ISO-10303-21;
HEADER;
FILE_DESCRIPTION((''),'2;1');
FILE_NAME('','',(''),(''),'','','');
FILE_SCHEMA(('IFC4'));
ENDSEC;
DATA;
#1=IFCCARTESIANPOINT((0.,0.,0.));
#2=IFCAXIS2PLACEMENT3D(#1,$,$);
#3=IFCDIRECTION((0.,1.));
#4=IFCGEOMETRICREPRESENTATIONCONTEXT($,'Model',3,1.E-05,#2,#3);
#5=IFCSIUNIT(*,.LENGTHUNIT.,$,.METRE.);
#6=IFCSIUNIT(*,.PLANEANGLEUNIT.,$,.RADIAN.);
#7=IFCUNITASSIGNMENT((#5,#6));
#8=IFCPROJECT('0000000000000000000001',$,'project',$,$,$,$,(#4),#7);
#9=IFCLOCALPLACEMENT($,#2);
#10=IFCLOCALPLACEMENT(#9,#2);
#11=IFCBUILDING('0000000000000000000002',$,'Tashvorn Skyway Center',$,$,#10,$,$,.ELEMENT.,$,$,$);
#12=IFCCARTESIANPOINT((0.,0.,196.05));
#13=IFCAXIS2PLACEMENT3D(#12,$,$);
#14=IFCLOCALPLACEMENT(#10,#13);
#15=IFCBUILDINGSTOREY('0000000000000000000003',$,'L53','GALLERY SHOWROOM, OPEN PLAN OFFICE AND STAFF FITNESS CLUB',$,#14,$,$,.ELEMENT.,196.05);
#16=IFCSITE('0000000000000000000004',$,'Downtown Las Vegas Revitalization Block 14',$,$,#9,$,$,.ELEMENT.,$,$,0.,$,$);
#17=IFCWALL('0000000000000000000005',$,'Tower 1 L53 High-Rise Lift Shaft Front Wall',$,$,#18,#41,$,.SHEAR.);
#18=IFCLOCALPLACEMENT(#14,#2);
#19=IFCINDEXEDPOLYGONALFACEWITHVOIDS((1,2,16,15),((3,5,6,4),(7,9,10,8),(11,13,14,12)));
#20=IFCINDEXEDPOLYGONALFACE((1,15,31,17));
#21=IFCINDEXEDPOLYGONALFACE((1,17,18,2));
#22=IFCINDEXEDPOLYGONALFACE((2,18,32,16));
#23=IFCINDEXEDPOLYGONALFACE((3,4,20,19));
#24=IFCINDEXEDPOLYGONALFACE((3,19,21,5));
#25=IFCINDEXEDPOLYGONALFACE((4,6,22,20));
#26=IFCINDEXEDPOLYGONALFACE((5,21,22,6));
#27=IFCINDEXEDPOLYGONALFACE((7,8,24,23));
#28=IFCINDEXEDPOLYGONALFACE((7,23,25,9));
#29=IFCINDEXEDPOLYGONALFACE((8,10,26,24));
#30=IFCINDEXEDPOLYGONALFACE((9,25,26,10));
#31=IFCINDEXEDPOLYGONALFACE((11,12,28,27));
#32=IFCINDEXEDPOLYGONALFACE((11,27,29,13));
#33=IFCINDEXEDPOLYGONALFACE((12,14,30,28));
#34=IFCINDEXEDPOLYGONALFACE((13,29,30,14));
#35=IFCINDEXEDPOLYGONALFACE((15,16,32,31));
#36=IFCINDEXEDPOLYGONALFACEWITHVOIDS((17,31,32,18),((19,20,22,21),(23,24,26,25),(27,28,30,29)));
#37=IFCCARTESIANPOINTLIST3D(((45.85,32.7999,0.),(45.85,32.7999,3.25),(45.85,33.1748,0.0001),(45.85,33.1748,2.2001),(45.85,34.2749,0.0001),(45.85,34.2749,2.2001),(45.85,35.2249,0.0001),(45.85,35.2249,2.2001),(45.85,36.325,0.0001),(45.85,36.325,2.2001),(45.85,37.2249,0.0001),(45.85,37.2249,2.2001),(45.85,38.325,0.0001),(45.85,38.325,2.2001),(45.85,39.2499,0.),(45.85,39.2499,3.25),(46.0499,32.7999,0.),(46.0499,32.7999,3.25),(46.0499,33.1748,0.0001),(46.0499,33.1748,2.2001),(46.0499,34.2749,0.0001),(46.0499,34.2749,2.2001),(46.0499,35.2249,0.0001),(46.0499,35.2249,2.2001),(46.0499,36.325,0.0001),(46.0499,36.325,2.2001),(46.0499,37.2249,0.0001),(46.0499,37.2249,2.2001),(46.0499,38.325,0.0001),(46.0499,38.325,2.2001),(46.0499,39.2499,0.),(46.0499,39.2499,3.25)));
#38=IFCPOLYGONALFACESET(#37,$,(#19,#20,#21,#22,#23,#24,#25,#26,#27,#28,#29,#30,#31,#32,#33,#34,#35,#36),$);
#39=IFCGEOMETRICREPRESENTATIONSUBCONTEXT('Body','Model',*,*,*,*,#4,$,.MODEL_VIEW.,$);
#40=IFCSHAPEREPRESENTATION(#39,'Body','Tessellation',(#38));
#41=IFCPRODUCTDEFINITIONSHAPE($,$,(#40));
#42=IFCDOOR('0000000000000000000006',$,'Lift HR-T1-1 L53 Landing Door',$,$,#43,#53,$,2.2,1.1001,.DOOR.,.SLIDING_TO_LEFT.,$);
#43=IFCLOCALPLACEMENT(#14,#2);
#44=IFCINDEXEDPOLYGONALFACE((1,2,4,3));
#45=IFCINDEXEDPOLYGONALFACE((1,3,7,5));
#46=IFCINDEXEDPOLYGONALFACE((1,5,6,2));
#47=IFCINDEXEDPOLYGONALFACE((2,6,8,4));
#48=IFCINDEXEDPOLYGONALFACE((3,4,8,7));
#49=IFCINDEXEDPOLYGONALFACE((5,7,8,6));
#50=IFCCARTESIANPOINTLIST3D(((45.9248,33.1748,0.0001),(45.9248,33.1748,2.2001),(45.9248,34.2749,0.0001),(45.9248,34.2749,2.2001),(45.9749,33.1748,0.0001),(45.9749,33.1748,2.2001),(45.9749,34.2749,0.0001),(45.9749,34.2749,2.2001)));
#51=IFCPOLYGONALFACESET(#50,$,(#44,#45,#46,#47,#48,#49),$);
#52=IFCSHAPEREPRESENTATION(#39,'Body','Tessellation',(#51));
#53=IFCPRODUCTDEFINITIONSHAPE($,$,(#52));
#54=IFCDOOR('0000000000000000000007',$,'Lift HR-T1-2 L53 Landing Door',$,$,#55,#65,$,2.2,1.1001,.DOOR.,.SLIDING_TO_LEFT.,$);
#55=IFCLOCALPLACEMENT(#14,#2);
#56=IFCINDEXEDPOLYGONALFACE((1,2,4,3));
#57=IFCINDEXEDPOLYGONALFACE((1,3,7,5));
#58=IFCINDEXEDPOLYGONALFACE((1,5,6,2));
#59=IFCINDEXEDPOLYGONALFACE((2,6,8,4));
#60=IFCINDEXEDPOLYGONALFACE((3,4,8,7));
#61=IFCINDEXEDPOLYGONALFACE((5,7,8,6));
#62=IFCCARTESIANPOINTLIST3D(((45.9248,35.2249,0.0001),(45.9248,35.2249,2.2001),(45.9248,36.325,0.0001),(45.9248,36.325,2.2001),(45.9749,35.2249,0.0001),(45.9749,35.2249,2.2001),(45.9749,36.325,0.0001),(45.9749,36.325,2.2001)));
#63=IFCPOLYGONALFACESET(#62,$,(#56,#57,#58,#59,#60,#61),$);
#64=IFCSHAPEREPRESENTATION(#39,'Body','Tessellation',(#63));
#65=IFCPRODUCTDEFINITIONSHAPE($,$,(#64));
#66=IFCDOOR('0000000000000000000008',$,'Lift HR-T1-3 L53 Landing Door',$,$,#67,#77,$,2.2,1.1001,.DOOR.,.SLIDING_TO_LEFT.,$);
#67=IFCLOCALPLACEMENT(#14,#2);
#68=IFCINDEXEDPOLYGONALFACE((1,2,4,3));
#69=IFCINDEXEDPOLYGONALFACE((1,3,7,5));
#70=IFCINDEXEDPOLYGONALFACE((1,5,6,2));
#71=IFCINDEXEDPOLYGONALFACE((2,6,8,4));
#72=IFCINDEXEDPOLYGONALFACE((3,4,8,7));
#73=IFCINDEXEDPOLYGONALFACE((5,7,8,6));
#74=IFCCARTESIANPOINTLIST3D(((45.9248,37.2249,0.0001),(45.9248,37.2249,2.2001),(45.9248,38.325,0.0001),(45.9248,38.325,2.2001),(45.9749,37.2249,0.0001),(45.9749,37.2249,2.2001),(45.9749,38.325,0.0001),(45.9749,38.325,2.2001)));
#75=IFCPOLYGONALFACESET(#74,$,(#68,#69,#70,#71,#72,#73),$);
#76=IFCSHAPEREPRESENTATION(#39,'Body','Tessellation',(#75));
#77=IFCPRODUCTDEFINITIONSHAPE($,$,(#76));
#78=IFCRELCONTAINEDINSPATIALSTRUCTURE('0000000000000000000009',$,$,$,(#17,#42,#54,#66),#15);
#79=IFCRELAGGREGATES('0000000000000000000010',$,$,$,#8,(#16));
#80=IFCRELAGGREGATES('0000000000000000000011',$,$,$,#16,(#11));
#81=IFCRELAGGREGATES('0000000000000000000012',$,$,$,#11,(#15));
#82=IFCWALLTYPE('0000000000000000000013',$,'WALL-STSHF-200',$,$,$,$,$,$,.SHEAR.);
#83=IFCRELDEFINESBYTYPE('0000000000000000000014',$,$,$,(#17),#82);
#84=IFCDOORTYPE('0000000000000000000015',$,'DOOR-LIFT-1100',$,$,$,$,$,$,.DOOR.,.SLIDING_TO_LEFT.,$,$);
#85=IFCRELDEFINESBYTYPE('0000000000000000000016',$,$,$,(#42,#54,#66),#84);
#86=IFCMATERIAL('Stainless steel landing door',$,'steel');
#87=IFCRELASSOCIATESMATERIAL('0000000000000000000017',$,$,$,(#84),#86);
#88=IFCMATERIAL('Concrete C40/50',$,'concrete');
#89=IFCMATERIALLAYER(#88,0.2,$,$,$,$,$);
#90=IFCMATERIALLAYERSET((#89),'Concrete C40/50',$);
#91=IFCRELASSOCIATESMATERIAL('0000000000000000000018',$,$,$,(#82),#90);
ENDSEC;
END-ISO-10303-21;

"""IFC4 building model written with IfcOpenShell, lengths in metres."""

from ifc_helpers import new_model, si_unit, direction, frame, frame_2d, origin, place, context, subcontext, project, spatial, rectangle, extrude, material, layer, layer_set, type_object, element, fill, save


model = new_model("IFC4")

# Units and contexts
model_context = context("Model", 3, precision=1e-05, world=origin(), true_north=direction((0.0, 1.0)))
body_context = subcontext(model_context, "Body", "Model", "MODEL_VIEW")
ifc_project = project(units=[si_unit("LENGTHUNIT", "METRE"), si_unit("PLANEANGLEUNIT", "RADIAN")], contexts=[model_context])

# Site, building, storey
site_placement = place(None, origin())
site = spatial("IfcSite", under=ifc_project, at=site_placement, Name="Downtown Las Vegas Revitalization Block 14", CompositionType="ELEMENT", RefElevation=0.0)
building_placement = place(site_placement, origin())
building = spatial("IfcBuilding", under=site, at=building_placement, Name="Tashvorn Skyway Center", CompositionType="ELEMENT")
storey_placement = place(building_placement, frame((0.0, 0.0, 196.05)))
storey = spatial("IfcBuildingStorey", under=building, at=storey_placement, Name="L53", Description="GALLERY SHOWROOM, OPEN PLAN OFFICE AND STAFF FITNESS CLUB", CompositionType="ELEMENT", Elevation=196.05)

# Shared definitions
ifc_material_1 = material(Name="Concrete C40/50", Category="concrete")

# Shared definitions
ifc_material_2 = material(Name="Stainless steel landing door", Category="steel")
door_type_1 = type_object("IfcDoorType", Name="DOOR-LIFT-1100", OperationType="SLIDING_TO_LEFT", PredefinedType="DOOR", material=ifc_material_2)

# Shared definitions
ifc_layer_1 = layer(ifc_material_1, 0.2)
ifc_layer_set_1 = layer_set([ifc_layer_1], Name="Concrete C40/50")
wall_type_1 = type_object("IfcWallType", Name="WALL-STSHF-200", PredefinedType="SHEAR", material=ifc_layer_set_1)

# Wall, openings, doors
wall_1_placement = place(storey_placement, frame((45.95, 39.25, 0.0), z_axis=(0.0, 0.0, 1.0), x_axis=(0.0, -1.0, 0.0)))
wall_1 = element("IfcWall", 1, at=wall_1_placement, inside=storey, type_object=wall_type_1, Name="Tower 1 L53 High-Rise Lift Shaft Front Wall", PredefinedType="SHEAR", context=body_context, shape_type="SweptSolid", body=[
    extrude(rectangle(XDim=6.45, YDim=0.2, at=frame_2d((3.2251, 0.0))), origin(), (0.0, 0.0, 1.0), 3.25),
])
opening_1_placement = place(wall_1_placement, frame((4.9751, 0.0, 0.0)))
opening_1 = element("IfcOpeningElement", 2, at=opening_1_placement, cuts=wall_1, PredefinedType="OPENING", context=body_context, shape_type="SweptSolid", body=[
    extrude(rectangle(XDim=1.1001, YDim=2.2, at=frame_2d((0.55, 1.1001))), frame((0.0, 0.1099, 0.0), z_axis=(0.0, -1.0, 0.0), x_axis=(1.0, 0.0, 0.0)), (0.0, 0.0, 1.0), 0.22),
])
opening_2_placement = place(wall_1_placement, frame((2.925, 0.0, 0.0)))
opening_2 = element("IfcOpeningElement", 3, at=opening_2_placement, cuts=wall_1, PredefinedType="OPENING", context=body_context, shape_type="SweptSolid", body=[
    extrude(rectangle(XDim=1.1001, YDim=2.2, at=frame_2d((0.55, 1.1001))), frame((0.0, 0.1099, 0.0), z_axis=(0.0, -1.0, 0.0), x_axis=(1.0, 0.0, 0.0)), (0.0, 0.0, 1.0), 0.22),
])
opening_3_placement = place(wall_1_placement, frame((0.925, 0.0, 0.0)))
opening_3 = element("IfcOpeningElement", 4, at=opening_3_placement, cuts=wall_1, PredefinedType="OPENING", context=body_context, shape_type="SweptSolid", body=[
    extrude(rectangle(XDim=1.1001, YDim=2.2, at=frame_2d((0.55, 1.1001))), frame((0.0, 0.1099, 0.0), z_axis=(0.0, -1.0, 0.0), x_axis=(1.0, 0.0, 0.0)), (0.0, 0.0, 1.0), 0.22),
])
door_1_placement = place(opening_1_placement, origin())
door_1 = element("IfcDoor", 5, at=door_1_placement, inside=storey, type_object=door_type_1, Name="Lift HR-T1-1 L53 Landing Door", OperationType="SLIDING_TO_LEFT", OverallHeight=2.2, OverallWidth=1.1001, PredefinedType="DOOR", context=body_context, shape_type="SweptSolid", body=[
    extrude(rectangle(XDim=1.1001, YDim=2.2, at=frame_2d((0.55, 1.1001))), frame((0.0, 0.0249, 0.0), z_axis=(0.0, -1.0, 0.0), x_axis=(1.0, 0.0, 0.0)), (0.0, 0.0, 1.0), 0.05),
])
fill(opening_1, door_1)
door_2_placement = place(opening_2_placement, origin())
door_2 = element("IfcDoor", 6, at=door_2_placement, inside=storey, type_object=door_type_1, Name="Lift HR-T1-2 L53 Landing Door", OperationType="SLIDING_TO_LEFT", OverallHeight=2.2, OverallWidth=1.1001, PredefinedType="DOOR", context=body_context, shape_type="SweptSolid", body=[
    extrude(rectangle(XDim=1.1001, YDim=2.2, at=frame_2d((0.55, 1.1001))), frame((0.0, 0.0249, 0.0), z_axis=(0.0, -1.0, 0.0), x_axis=(1.0, 0.0, 0.0)), (0.0, 0.0, 1.0), 0.05),
])
fill(opening_2, door_2)
door_3_placement = place(opening_3_placement, origin())
door_3 = element("IfcDoor", 7, at=door_3_placement, inside=storey, type_object=door_type_1, Name="Lift HR-T1-3 L53 Landing Door", OperationType="SLIDING_TO_LEFT", OverallHeight=2.2, OverallWidth=1.1001, PredefinedType="DOOR", context=body_context, shape_type="SweptSolid", body=[
    extrude(rectangle(XDim=1.1001, YDim=2.2, at=frame_2d((0.55, 1.1001))), frame((0.0, 0.0249, 0.0), z_axis=(0.0, -1.0, 0.0), x_axis=(1.0, 0.0, 0.0)), (0.0, 0.0, 1.0), 0.05),
])
fill(opening_3, door_3)

save(model, "model.ifc")
